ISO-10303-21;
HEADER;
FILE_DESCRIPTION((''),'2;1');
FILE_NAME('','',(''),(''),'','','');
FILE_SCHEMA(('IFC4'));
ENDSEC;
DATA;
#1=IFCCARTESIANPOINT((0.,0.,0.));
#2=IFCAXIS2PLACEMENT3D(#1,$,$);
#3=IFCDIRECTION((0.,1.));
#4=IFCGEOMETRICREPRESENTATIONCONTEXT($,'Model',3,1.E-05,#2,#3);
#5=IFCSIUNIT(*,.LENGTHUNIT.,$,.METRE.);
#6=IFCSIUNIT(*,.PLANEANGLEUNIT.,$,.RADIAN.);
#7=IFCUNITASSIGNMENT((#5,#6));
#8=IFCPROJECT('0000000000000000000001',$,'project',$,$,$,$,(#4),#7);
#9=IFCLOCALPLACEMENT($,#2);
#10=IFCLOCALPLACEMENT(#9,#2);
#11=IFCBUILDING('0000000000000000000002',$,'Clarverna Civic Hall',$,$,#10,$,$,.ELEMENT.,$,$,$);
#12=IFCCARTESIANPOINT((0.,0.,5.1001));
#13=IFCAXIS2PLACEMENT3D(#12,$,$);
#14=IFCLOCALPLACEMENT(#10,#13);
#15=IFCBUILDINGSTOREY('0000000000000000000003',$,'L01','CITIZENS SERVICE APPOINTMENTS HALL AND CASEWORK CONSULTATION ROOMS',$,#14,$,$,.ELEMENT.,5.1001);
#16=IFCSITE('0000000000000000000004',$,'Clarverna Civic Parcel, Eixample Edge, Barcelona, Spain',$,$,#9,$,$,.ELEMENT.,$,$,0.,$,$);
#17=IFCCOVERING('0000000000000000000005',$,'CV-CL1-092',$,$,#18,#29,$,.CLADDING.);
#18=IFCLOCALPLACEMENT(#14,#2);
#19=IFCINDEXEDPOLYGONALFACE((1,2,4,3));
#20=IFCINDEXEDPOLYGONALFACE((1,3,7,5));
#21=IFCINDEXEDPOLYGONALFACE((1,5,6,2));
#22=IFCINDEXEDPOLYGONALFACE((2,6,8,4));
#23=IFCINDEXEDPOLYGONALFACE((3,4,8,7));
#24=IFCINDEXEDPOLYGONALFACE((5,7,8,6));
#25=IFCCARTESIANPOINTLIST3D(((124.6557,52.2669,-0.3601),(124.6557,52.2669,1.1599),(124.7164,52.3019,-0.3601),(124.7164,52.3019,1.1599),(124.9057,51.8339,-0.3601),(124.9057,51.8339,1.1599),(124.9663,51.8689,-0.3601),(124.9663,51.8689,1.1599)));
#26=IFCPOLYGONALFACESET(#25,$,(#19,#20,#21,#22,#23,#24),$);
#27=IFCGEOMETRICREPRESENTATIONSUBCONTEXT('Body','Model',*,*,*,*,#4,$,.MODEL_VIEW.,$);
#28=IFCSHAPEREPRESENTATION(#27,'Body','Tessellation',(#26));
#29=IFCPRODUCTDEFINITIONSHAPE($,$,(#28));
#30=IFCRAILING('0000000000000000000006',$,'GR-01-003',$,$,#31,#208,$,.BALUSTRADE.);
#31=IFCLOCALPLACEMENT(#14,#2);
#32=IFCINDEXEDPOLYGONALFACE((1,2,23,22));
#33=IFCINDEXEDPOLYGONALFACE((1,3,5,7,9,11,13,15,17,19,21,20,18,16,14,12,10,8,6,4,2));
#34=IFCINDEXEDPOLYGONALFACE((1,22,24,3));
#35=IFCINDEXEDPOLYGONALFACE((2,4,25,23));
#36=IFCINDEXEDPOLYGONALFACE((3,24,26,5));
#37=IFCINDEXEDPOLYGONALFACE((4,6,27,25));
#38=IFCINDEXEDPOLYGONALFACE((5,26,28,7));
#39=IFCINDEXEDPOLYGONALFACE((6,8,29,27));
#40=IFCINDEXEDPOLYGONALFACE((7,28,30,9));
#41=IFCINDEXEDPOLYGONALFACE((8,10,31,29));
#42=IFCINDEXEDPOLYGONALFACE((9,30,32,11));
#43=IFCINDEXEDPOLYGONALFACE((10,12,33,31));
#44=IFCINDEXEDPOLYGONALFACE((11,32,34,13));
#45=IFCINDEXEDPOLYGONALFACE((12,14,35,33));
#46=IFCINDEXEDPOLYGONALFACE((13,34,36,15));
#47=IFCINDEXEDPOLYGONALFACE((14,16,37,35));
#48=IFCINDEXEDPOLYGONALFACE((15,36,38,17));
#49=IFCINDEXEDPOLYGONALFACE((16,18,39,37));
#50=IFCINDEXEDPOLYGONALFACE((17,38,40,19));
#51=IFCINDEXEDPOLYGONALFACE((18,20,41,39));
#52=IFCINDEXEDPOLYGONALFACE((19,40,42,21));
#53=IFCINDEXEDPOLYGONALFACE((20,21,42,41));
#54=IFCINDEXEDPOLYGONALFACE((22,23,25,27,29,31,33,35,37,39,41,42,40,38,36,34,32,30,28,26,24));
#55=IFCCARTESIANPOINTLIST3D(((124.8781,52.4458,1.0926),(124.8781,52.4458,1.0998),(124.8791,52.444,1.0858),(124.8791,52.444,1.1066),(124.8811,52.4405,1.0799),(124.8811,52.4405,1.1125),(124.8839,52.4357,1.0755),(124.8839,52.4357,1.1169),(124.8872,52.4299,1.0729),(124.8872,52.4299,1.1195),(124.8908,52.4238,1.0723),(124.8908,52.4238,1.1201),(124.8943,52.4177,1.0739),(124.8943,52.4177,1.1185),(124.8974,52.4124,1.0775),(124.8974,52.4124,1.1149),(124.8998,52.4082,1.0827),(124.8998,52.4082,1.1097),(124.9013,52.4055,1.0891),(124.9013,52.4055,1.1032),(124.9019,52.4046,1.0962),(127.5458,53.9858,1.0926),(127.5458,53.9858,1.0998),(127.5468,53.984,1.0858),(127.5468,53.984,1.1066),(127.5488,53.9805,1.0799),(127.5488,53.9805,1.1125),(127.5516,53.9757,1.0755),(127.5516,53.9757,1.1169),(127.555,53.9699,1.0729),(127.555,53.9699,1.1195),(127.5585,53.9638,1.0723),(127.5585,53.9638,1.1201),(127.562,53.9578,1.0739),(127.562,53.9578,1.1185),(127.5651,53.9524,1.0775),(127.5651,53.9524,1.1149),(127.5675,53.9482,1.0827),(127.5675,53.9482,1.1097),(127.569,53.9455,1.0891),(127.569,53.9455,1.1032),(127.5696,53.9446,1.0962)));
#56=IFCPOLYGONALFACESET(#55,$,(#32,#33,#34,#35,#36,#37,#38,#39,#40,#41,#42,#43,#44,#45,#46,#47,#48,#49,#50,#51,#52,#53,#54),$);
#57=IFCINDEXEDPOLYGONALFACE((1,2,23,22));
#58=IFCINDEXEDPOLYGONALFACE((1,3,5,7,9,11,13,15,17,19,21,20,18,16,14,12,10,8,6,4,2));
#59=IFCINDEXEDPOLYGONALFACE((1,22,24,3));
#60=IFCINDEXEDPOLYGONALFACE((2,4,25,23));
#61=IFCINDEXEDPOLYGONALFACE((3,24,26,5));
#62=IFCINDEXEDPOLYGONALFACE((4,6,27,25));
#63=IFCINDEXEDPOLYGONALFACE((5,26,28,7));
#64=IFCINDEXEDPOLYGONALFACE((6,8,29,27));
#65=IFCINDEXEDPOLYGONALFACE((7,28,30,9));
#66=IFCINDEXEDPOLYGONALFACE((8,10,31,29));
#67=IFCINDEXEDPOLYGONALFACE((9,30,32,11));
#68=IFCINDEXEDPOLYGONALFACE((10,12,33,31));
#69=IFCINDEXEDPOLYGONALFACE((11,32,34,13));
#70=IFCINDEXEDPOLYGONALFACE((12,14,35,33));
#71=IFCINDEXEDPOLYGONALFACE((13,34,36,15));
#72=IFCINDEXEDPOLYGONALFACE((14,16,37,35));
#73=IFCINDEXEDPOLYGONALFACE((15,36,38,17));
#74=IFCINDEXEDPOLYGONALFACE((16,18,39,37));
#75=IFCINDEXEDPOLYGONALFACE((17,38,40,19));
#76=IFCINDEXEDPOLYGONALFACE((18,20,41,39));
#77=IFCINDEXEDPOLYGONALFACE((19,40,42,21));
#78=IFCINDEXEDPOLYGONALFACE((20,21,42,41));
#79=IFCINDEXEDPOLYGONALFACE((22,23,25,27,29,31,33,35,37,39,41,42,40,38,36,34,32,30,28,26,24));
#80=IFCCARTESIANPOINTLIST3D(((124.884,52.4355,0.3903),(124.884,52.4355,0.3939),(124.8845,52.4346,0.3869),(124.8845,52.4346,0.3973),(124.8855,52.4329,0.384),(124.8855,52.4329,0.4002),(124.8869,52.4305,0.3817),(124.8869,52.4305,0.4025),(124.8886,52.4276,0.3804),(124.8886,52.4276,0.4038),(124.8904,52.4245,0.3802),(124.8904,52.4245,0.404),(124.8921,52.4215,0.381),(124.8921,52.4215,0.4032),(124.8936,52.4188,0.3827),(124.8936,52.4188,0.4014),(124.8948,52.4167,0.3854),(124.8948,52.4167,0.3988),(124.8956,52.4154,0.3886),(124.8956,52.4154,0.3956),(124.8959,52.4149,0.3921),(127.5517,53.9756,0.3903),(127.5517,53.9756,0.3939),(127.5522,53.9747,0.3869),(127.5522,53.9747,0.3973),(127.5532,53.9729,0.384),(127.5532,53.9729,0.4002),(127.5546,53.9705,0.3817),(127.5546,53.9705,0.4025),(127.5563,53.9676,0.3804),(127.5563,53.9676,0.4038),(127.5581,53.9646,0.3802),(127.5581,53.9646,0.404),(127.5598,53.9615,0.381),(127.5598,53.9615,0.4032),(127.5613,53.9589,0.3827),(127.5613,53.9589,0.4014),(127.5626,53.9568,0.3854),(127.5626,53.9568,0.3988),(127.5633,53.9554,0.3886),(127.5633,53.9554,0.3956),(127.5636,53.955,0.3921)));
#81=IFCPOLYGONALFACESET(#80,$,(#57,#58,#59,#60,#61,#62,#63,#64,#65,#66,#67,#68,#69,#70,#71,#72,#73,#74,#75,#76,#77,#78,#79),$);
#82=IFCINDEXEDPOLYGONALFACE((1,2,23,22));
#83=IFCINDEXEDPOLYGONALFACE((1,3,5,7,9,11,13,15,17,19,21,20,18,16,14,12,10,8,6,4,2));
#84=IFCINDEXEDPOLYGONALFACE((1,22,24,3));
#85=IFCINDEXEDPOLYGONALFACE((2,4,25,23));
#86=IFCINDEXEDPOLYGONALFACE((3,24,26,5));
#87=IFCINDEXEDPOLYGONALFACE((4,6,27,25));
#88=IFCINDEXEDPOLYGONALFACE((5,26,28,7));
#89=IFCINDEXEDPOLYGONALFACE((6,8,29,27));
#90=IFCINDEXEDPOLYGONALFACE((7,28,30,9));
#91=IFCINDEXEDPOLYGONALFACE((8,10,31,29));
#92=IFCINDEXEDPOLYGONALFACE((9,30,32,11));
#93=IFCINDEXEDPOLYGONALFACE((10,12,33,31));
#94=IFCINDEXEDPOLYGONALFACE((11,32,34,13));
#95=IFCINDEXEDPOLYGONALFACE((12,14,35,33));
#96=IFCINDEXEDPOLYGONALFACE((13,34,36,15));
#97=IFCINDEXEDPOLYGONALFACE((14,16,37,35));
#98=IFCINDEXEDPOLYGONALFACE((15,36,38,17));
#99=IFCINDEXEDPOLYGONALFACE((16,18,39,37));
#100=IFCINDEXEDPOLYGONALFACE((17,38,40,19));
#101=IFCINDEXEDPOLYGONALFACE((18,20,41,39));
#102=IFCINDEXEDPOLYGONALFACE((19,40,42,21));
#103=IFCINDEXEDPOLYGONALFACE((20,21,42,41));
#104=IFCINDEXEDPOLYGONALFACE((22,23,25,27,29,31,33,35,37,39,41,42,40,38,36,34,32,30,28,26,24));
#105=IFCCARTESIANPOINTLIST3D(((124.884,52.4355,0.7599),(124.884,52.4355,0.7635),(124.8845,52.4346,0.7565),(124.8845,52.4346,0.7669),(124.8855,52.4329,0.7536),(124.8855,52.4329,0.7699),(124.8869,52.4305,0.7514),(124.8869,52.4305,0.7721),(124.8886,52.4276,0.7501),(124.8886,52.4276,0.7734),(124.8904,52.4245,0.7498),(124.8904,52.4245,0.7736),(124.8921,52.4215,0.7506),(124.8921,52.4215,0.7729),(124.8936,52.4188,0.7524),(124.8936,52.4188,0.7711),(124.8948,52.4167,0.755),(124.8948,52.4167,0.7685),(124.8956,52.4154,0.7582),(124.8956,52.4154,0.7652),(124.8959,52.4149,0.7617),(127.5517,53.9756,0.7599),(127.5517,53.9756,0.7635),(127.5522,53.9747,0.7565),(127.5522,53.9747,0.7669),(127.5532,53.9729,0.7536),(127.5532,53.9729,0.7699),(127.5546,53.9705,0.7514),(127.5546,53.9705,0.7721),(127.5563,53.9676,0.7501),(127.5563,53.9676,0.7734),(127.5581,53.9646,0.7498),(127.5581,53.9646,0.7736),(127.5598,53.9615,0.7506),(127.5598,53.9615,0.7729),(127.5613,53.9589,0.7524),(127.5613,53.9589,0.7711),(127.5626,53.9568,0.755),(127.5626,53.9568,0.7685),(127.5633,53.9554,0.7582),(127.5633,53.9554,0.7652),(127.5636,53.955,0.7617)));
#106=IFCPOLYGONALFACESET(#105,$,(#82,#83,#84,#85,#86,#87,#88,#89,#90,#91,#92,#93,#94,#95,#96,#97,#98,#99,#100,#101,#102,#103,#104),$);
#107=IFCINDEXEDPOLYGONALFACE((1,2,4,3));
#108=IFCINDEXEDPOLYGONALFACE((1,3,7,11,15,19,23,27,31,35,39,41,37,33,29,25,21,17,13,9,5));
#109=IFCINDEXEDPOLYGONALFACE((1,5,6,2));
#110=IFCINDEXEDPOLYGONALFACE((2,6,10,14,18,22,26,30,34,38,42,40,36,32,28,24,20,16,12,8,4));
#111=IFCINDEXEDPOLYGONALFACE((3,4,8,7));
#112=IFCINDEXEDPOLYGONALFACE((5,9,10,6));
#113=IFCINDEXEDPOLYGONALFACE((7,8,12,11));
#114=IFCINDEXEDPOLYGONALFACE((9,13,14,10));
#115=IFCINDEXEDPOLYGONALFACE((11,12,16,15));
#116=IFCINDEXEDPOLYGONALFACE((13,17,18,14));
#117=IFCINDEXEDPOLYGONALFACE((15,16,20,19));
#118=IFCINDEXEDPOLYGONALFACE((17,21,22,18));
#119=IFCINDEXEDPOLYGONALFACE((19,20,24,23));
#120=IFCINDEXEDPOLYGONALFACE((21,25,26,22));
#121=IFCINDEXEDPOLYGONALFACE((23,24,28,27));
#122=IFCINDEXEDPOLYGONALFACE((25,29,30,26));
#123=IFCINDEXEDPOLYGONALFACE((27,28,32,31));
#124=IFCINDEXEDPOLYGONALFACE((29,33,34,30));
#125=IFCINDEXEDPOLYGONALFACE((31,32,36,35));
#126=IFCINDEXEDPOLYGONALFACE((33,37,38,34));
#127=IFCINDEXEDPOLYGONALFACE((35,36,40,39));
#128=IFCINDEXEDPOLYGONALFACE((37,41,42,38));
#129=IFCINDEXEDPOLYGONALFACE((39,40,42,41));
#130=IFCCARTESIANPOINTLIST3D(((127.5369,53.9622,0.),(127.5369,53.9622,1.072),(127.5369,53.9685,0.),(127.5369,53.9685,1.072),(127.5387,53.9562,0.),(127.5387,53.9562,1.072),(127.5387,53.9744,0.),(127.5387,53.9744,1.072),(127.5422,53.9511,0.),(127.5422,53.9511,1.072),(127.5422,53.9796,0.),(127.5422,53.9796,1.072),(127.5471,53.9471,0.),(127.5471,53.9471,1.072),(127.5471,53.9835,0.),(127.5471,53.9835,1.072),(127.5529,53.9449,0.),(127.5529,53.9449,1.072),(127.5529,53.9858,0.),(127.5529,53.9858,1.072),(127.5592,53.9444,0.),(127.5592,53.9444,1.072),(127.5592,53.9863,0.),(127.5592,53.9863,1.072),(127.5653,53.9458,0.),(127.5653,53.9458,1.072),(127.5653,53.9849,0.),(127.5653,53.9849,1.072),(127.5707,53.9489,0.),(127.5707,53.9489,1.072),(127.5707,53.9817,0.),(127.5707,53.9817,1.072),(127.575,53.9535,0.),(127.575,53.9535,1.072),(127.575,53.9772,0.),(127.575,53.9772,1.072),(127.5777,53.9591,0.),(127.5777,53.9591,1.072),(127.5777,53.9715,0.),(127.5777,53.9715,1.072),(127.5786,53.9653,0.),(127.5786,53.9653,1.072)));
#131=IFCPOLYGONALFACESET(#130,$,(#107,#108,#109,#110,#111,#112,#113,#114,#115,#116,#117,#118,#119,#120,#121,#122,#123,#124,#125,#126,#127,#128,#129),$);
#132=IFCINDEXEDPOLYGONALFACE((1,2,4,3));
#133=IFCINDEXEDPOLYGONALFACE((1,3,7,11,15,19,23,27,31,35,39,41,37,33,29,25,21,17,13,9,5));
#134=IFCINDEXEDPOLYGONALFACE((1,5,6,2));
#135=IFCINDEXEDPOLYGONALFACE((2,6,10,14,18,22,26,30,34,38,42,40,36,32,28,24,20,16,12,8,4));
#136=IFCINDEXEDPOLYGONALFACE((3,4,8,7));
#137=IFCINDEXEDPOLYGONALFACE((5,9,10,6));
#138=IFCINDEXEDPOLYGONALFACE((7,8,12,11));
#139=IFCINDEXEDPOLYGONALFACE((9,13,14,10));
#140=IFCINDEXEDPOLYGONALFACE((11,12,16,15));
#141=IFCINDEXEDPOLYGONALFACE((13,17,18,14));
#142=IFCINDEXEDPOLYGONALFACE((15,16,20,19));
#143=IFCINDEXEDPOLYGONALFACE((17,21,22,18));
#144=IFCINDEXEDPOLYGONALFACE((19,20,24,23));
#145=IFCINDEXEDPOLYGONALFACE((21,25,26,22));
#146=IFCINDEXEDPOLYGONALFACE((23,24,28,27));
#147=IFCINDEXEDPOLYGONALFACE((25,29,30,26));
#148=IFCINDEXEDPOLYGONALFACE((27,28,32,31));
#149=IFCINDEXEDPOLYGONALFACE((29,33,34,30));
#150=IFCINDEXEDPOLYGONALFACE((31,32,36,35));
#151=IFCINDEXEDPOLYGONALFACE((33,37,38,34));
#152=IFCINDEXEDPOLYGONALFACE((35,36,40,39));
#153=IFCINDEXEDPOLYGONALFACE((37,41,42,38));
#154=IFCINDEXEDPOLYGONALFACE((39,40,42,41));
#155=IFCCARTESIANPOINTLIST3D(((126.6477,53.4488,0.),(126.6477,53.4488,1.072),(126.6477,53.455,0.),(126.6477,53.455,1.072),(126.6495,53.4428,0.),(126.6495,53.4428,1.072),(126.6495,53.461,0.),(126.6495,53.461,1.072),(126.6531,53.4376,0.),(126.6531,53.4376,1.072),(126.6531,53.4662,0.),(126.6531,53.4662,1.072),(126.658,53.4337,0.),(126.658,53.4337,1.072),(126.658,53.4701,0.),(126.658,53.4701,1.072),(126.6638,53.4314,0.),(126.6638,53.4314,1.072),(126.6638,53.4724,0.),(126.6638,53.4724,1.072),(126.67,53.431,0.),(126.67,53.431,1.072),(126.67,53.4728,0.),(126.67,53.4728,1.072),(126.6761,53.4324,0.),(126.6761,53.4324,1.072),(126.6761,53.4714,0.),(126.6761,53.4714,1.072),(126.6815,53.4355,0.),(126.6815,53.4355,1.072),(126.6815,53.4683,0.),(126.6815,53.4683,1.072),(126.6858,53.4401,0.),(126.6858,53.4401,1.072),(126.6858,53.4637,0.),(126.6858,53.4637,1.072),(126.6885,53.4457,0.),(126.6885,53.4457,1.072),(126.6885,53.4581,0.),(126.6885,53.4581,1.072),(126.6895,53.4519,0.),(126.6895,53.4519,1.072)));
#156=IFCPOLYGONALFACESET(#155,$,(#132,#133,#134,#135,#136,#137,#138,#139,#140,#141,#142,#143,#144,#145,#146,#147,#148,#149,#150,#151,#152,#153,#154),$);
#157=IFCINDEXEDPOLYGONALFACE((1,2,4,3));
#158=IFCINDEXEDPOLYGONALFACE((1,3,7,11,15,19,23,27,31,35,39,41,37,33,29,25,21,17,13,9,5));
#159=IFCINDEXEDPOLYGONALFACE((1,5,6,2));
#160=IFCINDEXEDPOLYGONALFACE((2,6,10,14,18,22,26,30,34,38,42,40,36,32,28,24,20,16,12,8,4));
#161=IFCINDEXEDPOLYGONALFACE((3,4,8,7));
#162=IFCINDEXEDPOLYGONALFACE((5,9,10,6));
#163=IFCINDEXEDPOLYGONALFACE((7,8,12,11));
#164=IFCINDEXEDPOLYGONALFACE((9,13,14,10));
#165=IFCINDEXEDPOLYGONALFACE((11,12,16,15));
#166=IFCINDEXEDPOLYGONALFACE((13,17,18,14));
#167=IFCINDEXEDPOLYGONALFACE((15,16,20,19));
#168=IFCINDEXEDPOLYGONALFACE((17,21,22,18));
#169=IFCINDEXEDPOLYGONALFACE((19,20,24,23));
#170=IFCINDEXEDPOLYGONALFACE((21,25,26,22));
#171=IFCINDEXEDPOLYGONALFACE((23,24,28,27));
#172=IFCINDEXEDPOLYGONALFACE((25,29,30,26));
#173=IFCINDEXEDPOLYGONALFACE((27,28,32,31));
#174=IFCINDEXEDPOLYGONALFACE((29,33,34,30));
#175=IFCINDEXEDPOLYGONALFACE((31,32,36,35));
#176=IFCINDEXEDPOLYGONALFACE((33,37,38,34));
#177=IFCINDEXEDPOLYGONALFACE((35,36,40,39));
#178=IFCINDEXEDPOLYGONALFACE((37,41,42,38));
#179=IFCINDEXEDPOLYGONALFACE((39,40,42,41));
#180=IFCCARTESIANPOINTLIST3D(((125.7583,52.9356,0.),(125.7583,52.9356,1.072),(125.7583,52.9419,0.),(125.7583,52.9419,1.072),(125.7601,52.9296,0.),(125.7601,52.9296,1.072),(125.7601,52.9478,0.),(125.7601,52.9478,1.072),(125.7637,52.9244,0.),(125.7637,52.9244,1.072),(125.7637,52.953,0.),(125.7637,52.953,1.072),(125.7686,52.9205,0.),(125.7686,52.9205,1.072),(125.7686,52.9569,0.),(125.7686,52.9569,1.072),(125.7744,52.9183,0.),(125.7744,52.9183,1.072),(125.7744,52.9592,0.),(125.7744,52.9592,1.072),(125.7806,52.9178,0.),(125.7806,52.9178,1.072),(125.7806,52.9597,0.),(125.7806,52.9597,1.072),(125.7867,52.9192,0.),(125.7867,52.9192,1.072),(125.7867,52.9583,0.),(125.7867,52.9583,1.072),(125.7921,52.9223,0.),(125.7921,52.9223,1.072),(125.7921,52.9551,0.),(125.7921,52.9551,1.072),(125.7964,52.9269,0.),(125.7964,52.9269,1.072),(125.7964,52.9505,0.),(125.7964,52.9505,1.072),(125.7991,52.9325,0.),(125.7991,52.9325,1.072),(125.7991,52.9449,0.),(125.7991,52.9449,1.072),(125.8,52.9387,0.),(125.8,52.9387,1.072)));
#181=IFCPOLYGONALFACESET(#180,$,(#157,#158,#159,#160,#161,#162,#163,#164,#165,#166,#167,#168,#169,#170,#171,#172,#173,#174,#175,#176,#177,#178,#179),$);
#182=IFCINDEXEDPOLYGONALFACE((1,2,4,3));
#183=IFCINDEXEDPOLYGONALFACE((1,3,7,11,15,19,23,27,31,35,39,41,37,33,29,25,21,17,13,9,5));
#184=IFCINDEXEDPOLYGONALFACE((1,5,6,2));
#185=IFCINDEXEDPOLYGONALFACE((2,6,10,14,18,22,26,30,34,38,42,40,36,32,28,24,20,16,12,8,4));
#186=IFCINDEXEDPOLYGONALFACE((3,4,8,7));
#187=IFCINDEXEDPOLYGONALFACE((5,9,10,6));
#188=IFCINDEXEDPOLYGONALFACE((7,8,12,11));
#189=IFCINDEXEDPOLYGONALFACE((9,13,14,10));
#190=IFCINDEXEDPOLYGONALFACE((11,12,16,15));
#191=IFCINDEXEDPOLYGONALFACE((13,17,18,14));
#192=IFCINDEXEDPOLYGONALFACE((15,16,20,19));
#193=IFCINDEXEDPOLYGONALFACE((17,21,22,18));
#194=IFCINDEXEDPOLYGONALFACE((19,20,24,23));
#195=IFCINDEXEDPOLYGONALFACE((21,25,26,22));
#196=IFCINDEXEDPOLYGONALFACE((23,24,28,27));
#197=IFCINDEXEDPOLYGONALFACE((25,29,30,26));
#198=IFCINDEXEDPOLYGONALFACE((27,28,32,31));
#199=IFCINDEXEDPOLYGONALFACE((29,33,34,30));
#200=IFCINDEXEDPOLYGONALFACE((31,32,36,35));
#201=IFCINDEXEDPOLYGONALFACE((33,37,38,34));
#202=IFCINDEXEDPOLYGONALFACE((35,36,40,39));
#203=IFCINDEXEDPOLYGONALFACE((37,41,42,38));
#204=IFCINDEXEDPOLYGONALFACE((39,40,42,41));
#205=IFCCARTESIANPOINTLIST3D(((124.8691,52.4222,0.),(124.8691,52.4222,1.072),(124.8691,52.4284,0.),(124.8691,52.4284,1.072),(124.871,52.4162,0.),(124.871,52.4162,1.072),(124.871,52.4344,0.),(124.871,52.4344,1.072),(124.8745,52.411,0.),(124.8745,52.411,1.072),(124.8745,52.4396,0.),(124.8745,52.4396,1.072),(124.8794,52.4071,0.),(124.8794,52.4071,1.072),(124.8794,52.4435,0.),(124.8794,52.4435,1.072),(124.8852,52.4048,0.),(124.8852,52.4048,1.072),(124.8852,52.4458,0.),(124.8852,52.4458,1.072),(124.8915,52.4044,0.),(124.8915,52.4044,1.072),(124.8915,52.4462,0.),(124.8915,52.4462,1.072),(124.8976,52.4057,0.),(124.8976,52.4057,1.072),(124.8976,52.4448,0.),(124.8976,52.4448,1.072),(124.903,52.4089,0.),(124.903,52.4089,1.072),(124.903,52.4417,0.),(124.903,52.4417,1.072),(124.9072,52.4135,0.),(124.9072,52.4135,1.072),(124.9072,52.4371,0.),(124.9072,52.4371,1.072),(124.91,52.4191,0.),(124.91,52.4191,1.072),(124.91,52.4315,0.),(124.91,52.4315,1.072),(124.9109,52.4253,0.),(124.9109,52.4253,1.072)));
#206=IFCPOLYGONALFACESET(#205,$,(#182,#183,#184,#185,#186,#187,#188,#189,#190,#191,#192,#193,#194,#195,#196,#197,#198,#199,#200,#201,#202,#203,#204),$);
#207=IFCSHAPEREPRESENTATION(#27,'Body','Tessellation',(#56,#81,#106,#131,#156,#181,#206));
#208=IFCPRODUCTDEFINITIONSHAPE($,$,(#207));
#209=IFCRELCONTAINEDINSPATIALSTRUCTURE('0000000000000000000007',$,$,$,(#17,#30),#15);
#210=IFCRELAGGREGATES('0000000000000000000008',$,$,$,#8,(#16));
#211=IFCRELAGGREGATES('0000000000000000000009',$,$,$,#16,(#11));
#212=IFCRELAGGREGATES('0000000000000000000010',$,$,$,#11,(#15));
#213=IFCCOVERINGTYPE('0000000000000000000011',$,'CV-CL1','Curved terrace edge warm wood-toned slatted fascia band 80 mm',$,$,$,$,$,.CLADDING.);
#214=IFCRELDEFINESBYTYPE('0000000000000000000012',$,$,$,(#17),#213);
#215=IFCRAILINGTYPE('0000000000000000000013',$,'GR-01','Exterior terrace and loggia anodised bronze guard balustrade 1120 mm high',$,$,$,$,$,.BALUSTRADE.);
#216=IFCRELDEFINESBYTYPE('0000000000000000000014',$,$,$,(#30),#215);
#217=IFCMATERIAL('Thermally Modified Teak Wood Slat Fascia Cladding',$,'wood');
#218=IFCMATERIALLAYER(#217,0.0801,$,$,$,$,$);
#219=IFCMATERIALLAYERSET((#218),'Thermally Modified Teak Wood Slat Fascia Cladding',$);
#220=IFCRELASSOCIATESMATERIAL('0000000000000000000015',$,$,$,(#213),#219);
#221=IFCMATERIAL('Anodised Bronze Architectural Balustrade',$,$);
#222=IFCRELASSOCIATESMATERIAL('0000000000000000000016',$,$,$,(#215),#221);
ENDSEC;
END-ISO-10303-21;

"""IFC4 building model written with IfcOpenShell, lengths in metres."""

from ifc_helpers import new_model, si_unit, direction, frame, frame_2d, origin, origin_2d, place, context, subcontext, project, spatial, rectangle, circle, extrude, material, layer, layer_set, type_object, element, save


model = new_model("IFC4")

# Units and contexts
model_context = context("Model", 3, precision=1e-05, world=origin(), true_north=direction((0.0, 1.0)))
body_context = subcontext(model_context, "Body", "Model", "MODEL_VIEW")
ifc_project = project(units=[si_unit("LENGTHUNIT", "METRE"), si_unit("PLANEANGLEUNIT", "RADIAN")], contexts=[model_context])

# Site, building, storey
site_placement = place(None, origin())
site = spatial("IfcSite", under=ifc_project, at=site_placement, Name="Clarverna Civic Parcel, Eixample Edge, Barcelona, Spain", CompositionType="ELEMENT", RefElevation=0.0)
building_placement = place(site_placement, origin())
building = spatial("IfcBuilding", under=site, at=building_placement, Name="Clarverna Civic Hall", CompositionType="ELEMENT")
storey_placement = place(building_placement, frame((0.0, 0.0, 5.1001)))
storey = spatial("IfcBuildingStorey", under=building, at=storey_placement, Name="L01", Description="CITIZENS SERVICE APPOINTMENTS HALL AND CASEWORK CONSULTATION ROOMS", CompositionType="ELEMENT", Elevation=5.1001)

# Covering
ifc_material_1 = material(Name="Thermally Modified Teak Wood Slat Fascia Cladding", Category="wood")
ifc_layer_1 = layer(ifc_material_1, 0.0801)
ifc_layer_set_1 = layer_set([ifc_layer_1], Name="Thermally Modified Teak Wood Slat Fascia Cladding")
covering_type = type_object("IfcCoveringType", Name="CV-CL1", Description="Curved terrace edge warm wood-toned slatted fascia band 80 mm", PredefinedType="CLADDING", material=ifc_layer_set_1)
for number, where, z_axis, x_axis, name in (
    (1, (124.686, 52.2844, -0.3601), (0.0, 0.0, 1.0), (0.49992, -0.866072, 0.0), "CV-CL1-092"),
):
    element("IfcCovering", number, at=place(storey_placement, frame(where, z_axis=z_axis, x_axis=x_axis)), inside=storey, type_object=covering_type, Name=name, PredefinedType="CLADDING", context=body_context, shape_type="SweptSolid", body=[
        extrude(rectangle(XDim=0.5, YDim=0.0701, at=frame_2d((0.25, 0.0))), origin(), (0.0, 0.0, 1.0), 1.52),
    ])

# Railing
ifc_material_2 = material(Name="Anodised Bronze Architectural Balustrade")
railing_type = type_object("IfcRailingType", Name="GR-01", Description="Exterior terrace and loggia anodised bronze guard balustrade 1120 mm high", PredefinedType="BALUSTRADE", material=ifc_material_2)
railing_placement = place(storey_placement, frame((127.5576, 53.9653, 0.0)))
element("IfcRailing", 2, at=railing_placement, inside=storey, type_object=railing_type, Name="GR-01-003", PredefinedType="BALUSTRADE", context=body_context, shape_type="SweptSolid", body=[
    extrude(circle(Radius=0.0239, at=origin_2d()), frame((0.0, 0.0, 1.0962), z_axis=(-0.86605, -0.499958, 0.0), x_axis=(0.499958, -0.86605, 0.0)), (0.0, 0.0, 1.0), 3.0803),
    extrude(circle(Radius=0.012, at=origin_2d()), frame((0.0, 0.0, 0.3921), z_axis=(-0.86605, -0.499958, 0.0), x_axis=(0.499958, -0.86605, 0.0)), (0.0, 0.0, 1.0), 3.0803),
    extrude(circle(Radius=0.012, at=origin_2d()), frame((0.0, 0.0, 0.7617), z_axis=(-0.86605, -0.499958, 0.0), x_axis=(0.499958, -0.86605, 0.0)), (0.0, 0.0, 1.0), 3.0803),
    extrude(circle(Radius=0.021, at=origin_2d()), origin(), (0.0, 0.0, 1.0), 1.072),
    extrude(circle(Radius=0.021, at=origin_2d()), frame((-0.8892, -0.5134, 0.0)), (0.0, 0.0, 1.0), 1.072),
    extrude(circle(Radius=0.021, at=origin_2d()), frame((-1.7786, -1.0266, 0.0)), (0.0, 0.0, 1.0), 1.072),
    extrude(circle(Radius=0.021, at=origin_2d()), frame((-2.6677, -1.54, 0.0)), (0.0, 0.0, 1.0), 1.072),
])

save(model, "model.ifc")
